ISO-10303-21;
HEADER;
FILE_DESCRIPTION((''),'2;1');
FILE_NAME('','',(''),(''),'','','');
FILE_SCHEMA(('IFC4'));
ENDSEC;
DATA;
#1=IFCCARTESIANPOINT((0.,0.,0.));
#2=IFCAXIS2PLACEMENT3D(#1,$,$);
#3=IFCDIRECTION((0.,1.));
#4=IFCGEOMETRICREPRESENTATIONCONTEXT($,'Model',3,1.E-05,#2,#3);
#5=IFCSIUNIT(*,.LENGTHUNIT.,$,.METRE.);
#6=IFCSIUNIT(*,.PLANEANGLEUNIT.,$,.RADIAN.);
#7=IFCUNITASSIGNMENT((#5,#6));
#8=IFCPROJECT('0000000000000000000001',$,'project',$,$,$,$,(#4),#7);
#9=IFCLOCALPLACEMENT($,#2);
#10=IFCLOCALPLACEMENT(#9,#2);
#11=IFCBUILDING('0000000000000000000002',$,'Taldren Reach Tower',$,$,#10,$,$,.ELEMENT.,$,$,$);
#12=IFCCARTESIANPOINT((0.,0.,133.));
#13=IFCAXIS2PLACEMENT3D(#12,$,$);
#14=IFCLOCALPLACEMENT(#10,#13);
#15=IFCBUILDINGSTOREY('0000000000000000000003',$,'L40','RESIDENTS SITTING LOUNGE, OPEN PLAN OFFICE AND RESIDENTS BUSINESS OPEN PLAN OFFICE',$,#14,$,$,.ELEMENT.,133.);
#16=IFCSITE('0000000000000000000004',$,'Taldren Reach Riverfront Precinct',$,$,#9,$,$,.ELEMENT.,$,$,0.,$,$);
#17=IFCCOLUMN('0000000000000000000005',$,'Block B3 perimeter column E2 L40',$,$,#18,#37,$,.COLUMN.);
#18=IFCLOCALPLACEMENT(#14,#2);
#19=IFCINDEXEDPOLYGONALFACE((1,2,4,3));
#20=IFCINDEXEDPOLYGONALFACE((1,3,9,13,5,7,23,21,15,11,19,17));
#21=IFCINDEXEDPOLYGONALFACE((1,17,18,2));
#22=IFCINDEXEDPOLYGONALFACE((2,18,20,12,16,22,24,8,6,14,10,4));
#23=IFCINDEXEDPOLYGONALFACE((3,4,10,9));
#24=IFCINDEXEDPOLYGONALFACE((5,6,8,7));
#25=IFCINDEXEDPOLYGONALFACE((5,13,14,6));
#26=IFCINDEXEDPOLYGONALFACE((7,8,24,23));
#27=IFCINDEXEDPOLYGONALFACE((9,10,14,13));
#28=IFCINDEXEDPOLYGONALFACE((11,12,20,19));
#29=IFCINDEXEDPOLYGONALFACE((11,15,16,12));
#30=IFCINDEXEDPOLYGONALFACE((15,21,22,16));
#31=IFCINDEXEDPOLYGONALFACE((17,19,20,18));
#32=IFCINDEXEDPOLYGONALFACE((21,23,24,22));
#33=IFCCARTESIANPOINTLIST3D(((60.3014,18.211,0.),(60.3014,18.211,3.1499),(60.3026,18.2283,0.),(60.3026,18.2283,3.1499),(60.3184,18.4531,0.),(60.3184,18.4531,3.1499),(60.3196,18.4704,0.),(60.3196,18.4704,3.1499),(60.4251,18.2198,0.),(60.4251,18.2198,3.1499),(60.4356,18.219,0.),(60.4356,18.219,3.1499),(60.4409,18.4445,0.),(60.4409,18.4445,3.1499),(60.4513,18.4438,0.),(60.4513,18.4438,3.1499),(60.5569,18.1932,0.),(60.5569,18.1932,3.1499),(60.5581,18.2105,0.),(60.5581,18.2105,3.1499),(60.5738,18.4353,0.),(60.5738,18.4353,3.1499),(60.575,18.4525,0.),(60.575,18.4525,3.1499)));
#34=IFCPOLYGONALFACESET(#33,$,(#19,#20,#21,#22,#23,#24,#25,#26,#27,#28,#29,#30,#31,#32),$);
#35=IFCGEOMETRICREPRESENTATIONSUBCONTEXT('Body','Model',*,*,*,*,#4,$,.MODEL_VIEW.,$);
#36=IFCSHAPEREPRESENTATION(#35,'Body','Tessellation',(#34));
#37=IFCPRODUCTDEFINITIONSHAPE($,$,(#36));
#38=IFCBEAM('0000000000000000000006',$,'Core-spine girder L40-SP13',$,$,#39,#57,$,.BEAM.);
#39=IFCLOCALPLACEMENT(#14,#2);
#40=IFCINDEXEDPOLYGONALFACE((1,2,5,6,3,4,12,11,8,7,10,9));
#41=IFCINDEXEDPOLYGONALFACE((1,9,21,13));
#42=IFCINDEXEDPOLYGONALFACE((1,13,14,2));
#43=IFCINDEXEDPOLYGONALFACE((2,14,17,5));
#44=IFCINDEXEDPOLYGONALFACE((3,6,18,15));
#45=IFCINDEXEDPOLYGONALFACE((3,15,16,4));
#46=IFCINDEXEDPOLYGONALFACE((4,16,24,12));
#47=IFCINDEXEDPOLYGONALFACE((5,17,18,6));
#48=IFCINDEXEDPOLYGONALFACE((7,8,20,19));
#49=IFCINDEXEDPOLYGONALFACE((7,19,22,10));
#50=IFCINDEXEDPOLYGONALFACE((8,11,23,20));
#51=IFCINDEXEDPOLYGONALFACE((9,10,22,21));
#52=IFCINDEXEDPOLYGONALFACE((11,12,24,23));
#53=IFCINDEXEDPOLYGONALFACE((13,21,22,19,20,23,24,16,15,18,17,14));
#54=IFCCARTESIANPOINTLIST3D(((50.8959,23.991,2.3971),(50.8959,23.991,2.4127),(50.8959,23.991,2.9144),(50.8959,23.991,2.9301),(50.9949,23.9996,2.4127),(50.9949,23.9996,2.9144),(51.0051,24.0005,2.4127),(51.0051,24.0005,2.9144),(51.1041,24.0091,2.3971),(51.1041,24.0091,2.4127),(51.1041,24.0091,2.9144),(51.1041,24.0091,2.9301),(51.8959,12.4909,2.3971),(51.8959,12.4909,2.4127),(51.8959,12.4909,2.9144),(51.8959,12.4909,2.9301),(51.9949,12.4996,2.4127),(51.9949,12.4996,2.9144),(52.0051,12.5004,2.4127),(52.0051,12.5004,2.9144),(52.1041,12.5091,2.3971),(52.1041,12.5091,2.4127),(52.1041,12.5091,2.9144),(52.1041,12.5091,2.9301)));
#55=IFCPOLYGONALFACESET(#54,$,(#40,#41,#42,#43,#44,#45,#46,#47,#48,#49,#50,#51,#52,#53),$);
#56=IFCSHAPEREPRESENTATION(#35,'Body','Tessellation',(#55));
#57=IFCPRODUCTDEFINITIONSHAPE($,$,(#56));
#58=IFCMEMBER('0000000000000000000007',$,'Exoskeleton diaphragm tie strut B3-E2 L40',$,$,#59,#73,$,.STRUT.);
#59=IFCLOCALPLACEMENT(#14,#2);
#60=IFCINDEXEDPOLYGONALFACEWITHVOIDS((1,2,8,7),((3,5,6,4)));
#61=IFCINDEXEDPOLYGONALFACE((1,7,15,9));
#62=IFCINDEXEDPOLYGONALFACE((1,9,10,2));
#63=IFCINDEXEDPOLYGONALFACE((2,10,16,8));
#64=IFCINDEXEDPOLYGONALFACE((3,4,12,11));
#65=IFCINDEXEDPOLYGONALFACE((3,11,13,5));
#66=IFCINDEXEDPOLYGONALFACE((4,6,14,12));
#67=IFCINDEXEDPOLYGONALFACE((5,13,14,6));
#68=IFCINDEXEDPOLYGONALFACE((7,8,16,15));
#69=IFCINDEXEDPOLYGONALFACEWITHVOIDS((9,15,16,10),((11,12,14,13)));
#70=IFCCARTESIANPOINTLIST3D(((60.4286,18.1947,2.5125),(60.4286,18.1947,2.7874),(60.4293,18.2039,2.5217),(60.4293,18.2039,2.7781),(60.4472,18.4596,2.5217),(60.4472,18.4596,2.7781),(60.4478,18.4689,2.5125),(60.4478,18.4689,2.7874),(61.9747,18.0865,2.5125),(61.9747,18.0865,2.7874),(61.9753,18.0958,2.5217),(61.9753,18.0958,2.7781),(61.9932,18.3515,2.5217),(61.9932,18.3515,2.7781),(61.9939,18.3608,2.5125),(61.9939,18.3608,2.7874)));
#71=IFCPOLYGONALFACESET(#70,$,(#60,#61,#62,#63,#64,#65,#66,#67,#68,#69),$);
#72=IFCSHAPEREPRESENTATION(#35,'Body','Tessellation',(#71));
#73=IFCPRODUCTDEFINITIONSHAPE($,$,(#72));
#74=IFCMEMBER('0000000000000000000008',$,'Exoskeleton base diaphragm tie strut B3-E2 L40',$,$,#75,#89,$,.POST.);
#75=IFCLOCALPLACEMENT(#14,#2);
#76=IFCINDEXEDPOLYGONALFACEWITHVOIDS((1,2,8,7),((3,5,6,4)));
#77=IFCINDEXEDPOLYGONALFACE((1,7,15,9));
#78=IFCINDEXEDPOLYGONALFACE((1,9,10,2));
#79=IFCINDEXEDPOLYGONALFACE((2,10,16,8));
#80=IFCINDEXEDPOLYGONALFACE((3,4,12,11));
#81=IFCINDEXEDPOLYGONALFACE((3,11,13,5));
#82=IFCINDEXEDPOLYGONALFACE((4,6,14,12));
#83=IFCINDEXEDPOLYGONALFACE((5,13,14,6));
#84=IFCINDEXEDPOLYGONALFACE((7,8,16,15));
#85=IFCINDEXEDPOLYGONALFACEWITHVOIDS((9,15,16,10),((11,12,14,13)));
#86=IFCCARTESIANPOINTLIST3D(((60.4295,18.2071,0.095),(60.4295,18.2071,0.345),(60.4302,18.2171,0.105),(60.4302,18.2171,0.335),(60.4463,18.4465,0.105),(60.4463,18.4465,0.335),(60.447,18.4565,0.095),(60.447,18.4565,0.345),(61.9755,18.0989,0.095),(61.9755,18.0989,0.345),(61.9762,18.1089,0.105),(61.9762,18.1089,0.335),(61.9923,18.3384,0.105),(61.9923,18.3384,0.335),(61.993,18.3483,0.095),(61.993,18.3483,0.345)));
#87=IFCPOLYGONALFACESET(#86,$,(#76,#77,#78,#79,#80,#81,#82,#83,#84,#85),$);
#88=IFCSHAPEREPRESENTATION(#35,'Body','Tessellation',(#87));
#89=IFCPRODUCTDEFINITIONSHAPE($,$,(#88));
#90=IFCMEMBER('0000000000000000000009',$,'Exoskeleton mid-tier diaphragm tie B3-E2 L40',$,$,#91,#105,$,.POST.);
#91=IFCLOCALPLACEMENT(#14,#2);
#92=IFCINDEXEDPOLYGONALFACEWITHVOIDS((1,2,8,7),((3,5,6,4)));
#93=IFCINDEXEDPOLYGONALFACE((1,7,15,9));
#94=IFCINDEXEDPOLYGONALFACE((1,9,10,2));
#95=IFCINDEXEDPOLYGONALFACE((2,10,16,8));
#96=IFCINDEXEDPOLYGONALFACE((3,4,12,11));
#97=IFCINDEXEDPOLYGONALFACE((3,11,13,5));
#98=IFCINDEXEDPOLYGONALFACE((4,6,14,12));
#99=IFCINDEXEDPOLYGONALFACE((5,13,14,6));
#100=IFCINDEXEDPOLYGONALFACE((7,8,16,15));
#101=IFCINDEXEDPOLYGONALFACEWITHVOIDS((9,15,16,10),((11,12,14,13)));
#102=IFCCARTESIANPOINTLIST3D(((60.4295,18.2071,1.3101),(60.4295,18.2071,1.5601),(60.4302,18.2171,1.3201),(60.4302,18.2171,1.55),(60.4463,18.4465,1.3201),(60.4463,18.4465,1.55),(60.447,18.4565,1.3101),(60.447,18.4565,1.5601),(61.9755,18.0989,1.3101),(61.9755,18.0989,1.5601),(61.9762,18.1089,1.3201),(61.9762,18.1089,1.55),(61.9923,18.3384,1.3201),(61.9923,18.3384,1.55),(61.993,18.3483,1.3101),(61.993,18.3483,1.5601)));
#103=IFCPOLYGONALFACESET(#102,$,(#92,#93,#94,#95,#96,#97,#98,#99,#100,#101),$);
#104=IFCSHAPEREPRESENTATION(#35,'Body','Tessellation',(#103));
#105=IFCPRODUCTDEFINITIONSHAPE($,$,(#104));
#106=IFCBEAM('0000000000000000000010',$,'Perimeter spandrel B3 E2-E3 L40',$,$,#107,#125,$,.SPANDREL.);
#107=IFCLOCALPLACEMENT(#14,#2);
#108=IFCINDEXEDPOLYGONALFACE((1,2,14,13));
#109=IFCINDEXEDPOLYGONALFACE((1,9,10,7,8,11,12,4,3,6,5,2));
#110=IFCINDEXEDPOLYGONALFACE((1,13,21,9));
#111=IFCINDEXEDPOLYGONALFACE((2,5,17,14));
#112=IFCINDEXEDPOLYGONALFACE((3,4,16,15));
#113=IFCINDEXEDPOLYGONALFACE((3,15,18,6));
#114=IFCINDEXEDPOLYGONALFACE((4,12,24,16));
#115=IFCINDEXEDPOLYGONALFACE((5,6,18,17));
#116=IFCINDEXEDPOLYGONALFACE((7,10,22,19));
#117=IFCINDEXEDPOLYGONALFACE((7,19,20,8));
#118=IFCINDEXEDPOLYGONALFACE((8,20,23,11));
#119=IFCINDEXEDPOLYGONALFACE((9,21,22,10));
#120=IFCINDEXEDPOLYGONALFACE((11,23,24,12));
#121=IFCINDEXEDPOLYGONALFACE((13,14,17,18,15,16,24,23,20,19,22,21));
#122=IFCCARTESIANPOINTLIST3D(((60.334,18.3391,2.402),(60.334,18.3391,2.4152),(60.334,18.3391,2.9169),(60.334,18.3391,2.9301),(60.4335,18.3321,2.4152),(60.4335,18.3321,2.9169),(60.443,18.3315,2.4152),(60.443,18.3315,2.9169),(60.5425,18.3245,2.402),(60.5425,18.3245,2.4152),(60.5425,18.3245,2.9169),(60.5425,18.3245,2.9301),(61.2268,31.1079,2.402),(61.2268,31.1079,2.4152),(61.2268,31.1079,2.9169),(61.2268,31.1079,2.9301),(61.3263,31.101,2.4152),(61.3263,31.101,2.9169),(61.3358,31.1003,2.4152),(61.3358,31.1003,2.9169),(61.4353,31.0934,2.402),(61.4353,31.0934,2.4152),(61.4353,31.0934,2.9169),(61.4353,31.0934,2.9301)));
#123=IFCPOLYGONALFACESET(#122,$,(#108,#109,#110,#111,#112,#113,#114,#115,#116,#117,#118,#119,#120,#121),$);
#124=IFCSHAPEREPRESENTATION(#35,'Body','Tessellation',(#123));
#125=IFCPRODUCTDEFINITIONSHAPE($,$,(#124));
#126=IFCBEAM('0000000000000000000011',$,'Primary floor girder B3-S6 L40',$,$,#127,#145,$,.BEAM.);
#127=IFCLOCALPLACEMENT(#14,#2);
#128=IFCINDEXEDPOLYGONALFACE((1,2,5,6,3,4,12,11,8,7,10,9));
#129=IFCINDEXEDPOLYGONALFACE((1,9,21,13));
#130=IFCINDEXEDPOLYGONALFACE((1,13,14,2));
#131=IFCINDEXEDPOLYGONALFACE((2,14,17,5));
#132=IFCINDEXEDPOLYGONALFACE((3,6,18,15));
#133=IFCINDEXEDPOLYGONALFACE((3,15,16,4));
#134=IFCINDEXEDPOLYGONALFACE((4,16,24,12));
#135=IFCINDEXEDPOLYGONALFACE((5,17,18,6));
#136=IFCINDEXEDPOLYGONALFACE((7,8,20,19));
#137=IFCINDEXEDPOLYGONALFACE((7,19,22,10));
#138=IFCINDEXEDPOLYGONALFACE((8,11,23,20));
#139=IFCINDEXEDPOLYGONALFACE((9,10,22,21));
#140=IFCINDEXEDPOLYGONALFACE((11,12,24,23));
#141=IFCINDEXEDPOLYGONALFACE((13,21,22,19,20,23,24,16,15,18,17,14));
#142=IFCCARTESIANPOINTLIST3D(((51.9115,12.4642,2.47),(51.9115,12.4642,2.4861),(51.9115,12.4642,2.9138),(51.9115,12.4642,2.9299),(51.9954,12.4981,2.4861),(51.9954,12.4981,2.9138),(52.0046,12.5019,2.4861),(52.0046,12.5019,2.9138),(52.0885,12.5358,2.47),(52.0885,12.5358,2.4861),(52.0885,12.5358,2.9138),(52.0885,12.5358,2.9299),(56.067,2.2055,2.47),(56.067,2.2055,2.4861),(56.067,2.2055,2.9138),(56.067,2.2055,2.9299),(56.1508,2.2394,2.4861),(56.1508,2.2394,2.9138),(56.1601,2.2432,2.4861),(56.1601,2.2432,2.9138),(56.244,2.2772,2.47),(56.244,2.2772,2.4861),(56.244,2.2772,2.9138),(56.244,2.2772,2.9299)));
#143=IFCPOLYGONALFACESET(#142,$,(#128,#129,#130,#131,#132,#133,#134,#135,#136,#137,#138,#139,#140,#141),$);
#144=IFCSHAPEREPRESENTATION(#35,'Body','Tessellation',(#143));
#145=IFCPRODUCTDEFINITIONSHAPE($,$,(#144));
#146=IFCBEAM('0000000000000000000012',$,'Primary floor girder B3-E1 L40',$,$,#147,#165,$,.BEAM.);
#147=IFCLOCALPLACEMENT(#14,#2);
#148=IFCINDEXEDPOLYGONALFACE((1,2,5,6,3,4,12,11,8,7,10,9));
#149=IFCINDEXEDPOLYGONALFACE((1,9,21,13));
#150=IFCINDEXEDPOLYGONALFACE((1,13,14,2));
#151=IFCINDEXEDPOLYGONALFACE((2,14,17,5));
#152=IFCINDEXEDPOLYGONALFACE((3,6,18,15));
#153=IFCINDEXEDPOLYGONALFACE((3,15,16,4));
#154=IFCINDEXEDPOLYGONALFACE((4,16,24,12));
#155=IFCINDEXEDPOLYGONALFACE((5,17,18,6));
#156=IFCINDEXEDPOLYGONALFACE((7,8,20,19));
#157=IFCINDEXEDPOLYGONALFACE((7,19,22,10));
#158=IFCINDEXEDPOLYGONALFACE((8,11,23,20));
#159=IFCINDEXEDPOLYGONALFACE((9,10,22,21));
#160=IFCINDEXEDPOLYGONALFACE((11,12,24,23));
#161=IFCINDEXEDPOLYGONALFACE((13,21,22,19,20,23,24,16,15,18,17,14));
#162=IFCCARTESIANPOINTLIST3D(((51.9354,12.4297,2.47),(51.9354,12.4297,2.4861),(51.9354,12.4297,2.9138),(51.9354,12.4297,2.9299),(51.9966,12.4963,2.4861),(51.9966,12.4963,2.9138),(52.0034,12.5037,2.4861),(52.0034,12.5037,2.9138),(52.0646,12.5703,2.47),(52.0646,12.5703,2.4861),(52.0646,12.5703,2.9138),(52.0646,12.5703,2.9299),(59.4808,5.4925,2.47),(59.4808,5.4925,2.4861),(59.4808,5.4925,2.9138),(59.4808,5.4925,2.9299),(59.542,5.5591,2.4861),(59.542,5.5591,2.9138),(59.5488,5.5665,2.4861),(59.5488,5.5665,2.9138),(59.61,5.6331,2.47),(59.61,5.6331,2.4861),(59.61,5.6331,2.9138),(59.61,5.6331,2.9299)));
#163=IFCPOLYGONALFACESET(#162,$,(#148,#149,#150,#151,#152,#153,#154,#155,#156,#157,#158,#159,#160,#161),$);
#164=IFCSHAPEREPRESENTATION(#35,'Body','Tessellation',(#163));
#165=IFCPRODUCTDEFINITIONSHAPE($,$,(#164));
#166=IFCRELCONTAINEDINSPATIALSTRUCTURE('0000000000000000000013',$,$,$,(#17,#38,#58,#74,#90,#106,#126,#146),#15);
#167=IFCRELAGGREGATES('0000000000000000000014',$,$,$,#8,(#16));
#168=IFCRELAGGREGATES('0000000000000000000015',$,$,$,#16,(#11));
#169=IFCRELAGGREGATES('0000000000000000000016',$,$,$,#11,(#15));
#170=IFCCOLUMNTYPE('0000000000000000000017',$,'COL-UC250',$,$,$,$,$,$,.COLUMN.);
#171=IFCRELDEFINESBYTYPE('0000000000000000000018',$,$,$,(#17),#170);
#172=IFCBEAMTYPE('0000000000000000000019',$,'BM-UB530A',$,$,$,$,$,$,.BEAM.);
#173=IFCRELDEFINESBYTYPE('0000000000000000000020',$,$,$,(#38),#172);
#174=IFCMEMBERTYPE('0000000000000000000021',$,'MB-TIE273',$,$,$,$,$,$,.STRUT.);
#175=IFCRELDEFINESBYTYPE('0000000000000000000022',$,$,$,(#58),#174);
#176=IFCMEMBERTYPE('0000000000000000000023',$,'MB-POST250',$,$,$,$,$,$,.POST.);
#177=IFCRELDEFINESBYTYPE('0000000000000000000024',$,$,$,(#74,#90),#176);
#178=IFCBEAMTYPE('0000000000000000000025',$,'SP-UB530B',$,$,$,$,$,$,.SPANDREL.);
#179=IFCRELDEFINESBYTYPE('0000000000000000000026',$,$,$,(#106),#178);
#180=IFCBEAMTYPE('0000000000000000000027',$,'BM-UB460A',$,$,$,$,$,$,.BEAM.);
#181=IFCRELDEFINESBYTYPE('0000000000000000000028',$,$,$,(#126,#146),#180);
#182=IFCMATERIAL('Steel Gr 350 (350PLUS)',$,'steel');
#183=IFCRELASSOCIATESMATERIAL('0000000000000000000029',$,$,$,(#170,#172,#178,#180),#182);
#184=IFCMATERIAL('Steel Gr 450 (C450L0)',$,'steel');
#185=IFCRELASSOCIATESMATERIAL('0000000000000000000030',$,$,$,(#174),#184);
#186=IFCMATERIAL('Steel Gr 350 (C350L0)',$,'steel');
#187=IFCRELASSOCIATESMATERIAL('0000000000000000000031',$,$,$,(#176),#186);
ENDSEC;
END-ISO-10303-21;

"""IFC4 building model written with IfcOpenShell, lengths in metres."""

from ifc_helpers import new_model, si_unit, direction, frame, origin, origin_2d, place, context, subcontext, project, spatial, hollow_rectangle, i_section, extrude, source, transform, mapped, material, material_profile, profile_set, type_object, element, save


model = new_model("IFC4")

# Units and contexts
model_context = context("Model", 3, precision=1e-05, world=origin(), true_north=direction((0.0, 1.0)))
body_context = subcontext(model_context, "Body", "Model", "MODEL_VIEW")
ifc_project = project(units=[si_unit("LENGTHUNIT", "METRE"), si_unit("PLANEANGLEUNIT", "RADIAN")], contexts=[model_context])

# Site, building, storey
site_placement = place(None, origin())
site = spatial("IfcSite", under=ifc_project, at=site_placement, Name="Taldren Reach Riverfront Precinct", CompositionType="ELEMENT", RefElevation=0.0)
building_placement = place(site_placement, origin())
building = spatial("IfcBuilding", under=site, at=building_placement, Name="Taldren Reach Tower", CompositionType="ELEMENT")
storey_placement = place(building_placement, frame((0.0, 0.0, 133.0)))
storey = spatial("IfcBuildingStorey", under=building, at=storey_placement, Name="L40", Description="RESIDENTS SITTING LOUNGE, OPEN PLAN OFFICE AND RESIDENTS BUSINESS OPEN PLAN OFFICE", CompositionType="ELEMENT", Elevation=133.0)

# Column
ifc_material_1 = material(Name="Steel Gr 350 (350PLUS)", Category="steel")
ifc_material_profile_1 = material_profile(ifc_material_1, i_section(OverallWidth=0.2561, OverallDepth=0.26, WebThickness=0.0105, FlangeThickness=0.0173, at=origin_2d()), Name="250UC89.5")
ifc_profile_set_1 = profile_set([ifc_material_profile_1], Name="Steel Gr 350 (350PLUS)")
column_type = type_object("IfcColumnType", Name="COL-UC250", PredefinedType="COLUMN", material=ifc_profile_set_1)
shared_shape_1 = source(origin(), body_context, "Body", "SweptSolid", [
    extrude(i_section(OverallWidth=0.2561, OverallDepth=0.26, WebThickness=0.0105, FlangeThickness=0.0173, at=origin_2d()), origin(), (0.0, 0.0, 1.0), 3.1499),
])
column_placement = place(storey_placement, frame((60.4382, 18.3318, 0.0), z_axis=(0.0, 0.0, 1.0), x_axis=(0.997564, -0.069756, 0.0)))
element("IfcColumn", 1, at=column_placement, inside=storey, type_object=column_type, Name="Block B3 perimeter column E2 L40", PredefinedType="COLUMN", context=body_context, shape_type="MappedRepresentation", body=[
    mapped(shared_shape_1, transform((0.0, 0.0, 0.0), scale=1.0)),
])

# Beam
ifc_material_profile_2 = material_profile(ifc_material_1, i_section(OverallWidth=0.209, OverallDepth=0.533, WebThickness=0.0103, FlangeThickness=0.0156, at=origin_2d()), Name="530UB92.4")
ifc_profile_set_2 = profile_set([ifc_material_profile_2], Name="Steel Gr 350 (350PLUS)")
beam_type_1 = type_object("IfcBeamType", Name="BM-UB530A", PredefinedType="BEAM", material=ifc_profile_set_2)
shared_shape_2 = source(origin(), body_context, "Body", "SweptSolid", [
    extrude(i_section(OverallWidth=0.209, OverallDepth=0.533, WebThickness=0.0103, FlangeThickness=0.0156, at=origin_2d()), origin(), (0.0, 0.0, 1.0), 11.5435),
])
beam_1_placement = place(storey_placement, frame((52.0, 12.5, 2.6636), z_axis=(-0.08663, 0.996241, 0.0), x_axis=(-0.996241, -0.08663, 0.0)))
element("IfcBeam", 2, at=beam_1_placement, inside=storey, type_object=beam_type_1, Name="Core-spine girder L40-SP13", PredefinedType="BEAM", context=body_context, shape_type="MappedRepresentation", body=[
    mapped(shared_shape_2, transform((0.0, 0.0, 0.0), scale=1.0)),
])

# Members
ifc_material_2 = material(Name="Steel Gr 450 (C450L0)", Category="steel")
ifc_material_profile_3 = material_profile(ifc_material_2, hollow_rectangle(XDim=0.2749, YDim=0.2749, WallThickness=0.0093, at=origin_2d()), Name="275x275x9.3SHS")
ifc_profile_set_3 = profile_set([ifc_material_profile_3], Name="Steel Gr 450 (C450L0)")
member_type_1 = type_object("IfcMemberType", Name="MB-TIE273", PredefinedType="STRUT", material=ifc_profile_set_3)
shared_shape_3 = source(origin(), body_context, "Body", "SweptSolid", [
    extrude(hollow_rectangle(XDim=0.2749, YDim=0.2749, WallThickness=0.0093, at=origin_2d()), origin(), (0.0, 0.0, 1.0), 1.5498),
])
member_1_placement = place(storey_placement, frame((60.4382, 18.3318, 2.6499), z_axis=(0.997562, -0.069781, 0.0), x_axis=(0.069781, 0.997562, 0.0)))
element("IfcMember", 3, at=member_1_placement, inside=storey, type_object=member_type_1, Name="Exoskeleton diaphragm tie strut B3-E2 L40", PredefinedType="STRUT", context=body_context, shape_type="MappedRepresentation", body=[
    mapped(shared_shape_3, transform((0.0, 0.0, 0.0), scale=1.0)),
])
ifc_material_3 = material(Name="Steel Gr 350 (C350L0)", Category="steel")
ifc_material_profile_4 = material_profile(ifc_material_3, hollow_rectangle(XDim=0.25, YDim=0.25, WallThickness=0.01, at=origin_2d()), Name="250x250x10.0SHS")
ifc_profile_set_4 = profile_set([ifc_material_profile_4], Name="Steel Gr 350 (C350L0)")
member_type_2 = type_object("IfcMemberType", Name="MB-POST250", PredefinedType="POST", material=ifc_profile_set_4)
shared_shape_4 = source(origin(), body_context, "Body", "SweptSolid", [
    extrude(hollow_rectangle(XDim=0.25, YDim=0.25, WallThickness=0.01, at=origin_2d()), origin(), (0.0, 0.0, 1.0), 1.5498),
])
for number, where, z_axis, x_axis, name in (
    (4, (60.4382, 18.3318, 0.22), (0.997562, -0.069781, 0.0), (0.069781, 0.997562, 0.0), "Exoskeleton base diaphragm tie strut B3-E2 L40"),
    (5, (60.4382, 18.3318, 1.4351), (0.997562, -0.069781, 0.0), (0.069781, 0.997562, 0.0), "Exoskeleton mid-tier diaphragm tie B3-E2 L40"),
):
    element("IfcMember", number, at=place(storey_placement, frame(where, z_axis=z_axis, x_axis=x_axis)), inside=storey, type_object=member_type_2, Name=name, PredefinedType="POST", context=body_context, shape_type="MappedRepresentation", body=[
        mapped(shared_shape_4, transform((0.0, 0.0, 0.0), scale=1.0)),
    ])

# Beams
ifc_material_profile_5 = material_profile(ifc_material_1, i_section(OverallWidth=0.209, OverallDepth=0.5281, WebThickness=0.0095, FlangeThickness=0.0132, at=origin_2d()), Name="530UB82.0")
ifc_profile_set_5 = profile_set([ifc_material_profile_5], Name="Steel Gr 350 (350PLUS)")
beam_type_2 = type_object("IfcBeamType", Name="SP-UB530B", PredefinedType="SPANDREL", material=ifc_profile_set_5)
shared_shape_5 = source(origin(), body_context, "Body", "SweptSolid", [
    extrude(i_section(OverallWidth=0.209, OverallDepth=0.5281, WebThickness=0.0095, FlangeThickness=0.0132, at=origin_2d()), origin(), (0.0, 0.0, 1.0), 12.8),
])
beam_2_placement = place(storey_placement, frame((60.4382, 18.3318, 2.666), z_axis=(0.069752, 0.997564, 0.0), x_axis=(-0.997564, 0.069752, 0.0)))
element("IfcBeam", 6, at=beam_2_placement, inside=storey, type_object=beam_type_2, Name="Perimeter spandrel B3 E2-E3 L40", PredefinedType="SPANDREL", context=body_context, shape_type="MappedRepresentation", body=[
    mapped(shared_shape_5, transform((0.0, 0.0, 0.0), scale=1.0)),
])
ifc_material_profile_6 = material_profile(ifc_material_1, i_section(OverallWidth=0.1909, OverallDepth=0.46, WebThickness=0.01, FlangeThickness=0.0161, at=origin_2d()), Name="460UB82.1")
ifc_profile_set_6 = profile_set([ifc_material_profile_6], Name="Steel Gr 350 (350PLUS)")
beam_type_3 = type_object("IfcBeamType", Name="BM-UB460A", PredefinedType="BEAM", material=ifc_profile_set_6)
shared_shape_6 = source(origin(), body_context, "Body", "SweptSolid", [
    extrude(i_section(OverallWidth=0.1909, OverallDepth=0.46, WebThickness=0.01, FlangeThickness=0.0161, at=origin_2d()), origin(), (0.0, 0.0, 1.0), 11.0684),
])
beam_3_placement = place(storey_placement, frame((52.0, 12.5, 2.7), z_axis=(0.375437, -0.926848, 0.0), x_axis=(0.926848, 0.375437, 0.0)))
element("IfcBeam", 7, at=beam_3_placement, inside=storey, type_object=beam_type_3, Name="Primary floor girder B3-S6 L40", PredefinedType="BEAM", context=body_context, shape_type="MappedRepresentation", body=[
    mapped(shared_shape_6, transform((0.0, 0.0, 0.0), scale=1.0)),
])
shared_shape_7 = source(origin(), body_context, "Body", "SweptSolid", [
    extrude(i_section(OverallWidth=0.1909, OverallDepth=0.46, WebThickness=0.01, FlangeThickness=0.0161, at=origin_2d()), origin(), (0.0, 0.0, 1.0), 10.2498),
])
beam_4_placement = place(storey_placement, frame((52.0, 12.5, 2.7), z_axis=(0.736151, -0.676818, 0.0), x_axis=(0.676818, 0.736151, 0.0)))
element("IfcBeam", 8, at=beam_4_placement, inside=storey, type_object=beam_type_3, Name="Primary floor girder B3-E1 L40", PredefinedType="BEAM", context=body_context, shape_type="MappedRepresentation", body=[
    mapped(shared_shape_7, transform((0.0, 0.0, 0.0), scale=1.0)),
])

save(model, "model.ifc")
